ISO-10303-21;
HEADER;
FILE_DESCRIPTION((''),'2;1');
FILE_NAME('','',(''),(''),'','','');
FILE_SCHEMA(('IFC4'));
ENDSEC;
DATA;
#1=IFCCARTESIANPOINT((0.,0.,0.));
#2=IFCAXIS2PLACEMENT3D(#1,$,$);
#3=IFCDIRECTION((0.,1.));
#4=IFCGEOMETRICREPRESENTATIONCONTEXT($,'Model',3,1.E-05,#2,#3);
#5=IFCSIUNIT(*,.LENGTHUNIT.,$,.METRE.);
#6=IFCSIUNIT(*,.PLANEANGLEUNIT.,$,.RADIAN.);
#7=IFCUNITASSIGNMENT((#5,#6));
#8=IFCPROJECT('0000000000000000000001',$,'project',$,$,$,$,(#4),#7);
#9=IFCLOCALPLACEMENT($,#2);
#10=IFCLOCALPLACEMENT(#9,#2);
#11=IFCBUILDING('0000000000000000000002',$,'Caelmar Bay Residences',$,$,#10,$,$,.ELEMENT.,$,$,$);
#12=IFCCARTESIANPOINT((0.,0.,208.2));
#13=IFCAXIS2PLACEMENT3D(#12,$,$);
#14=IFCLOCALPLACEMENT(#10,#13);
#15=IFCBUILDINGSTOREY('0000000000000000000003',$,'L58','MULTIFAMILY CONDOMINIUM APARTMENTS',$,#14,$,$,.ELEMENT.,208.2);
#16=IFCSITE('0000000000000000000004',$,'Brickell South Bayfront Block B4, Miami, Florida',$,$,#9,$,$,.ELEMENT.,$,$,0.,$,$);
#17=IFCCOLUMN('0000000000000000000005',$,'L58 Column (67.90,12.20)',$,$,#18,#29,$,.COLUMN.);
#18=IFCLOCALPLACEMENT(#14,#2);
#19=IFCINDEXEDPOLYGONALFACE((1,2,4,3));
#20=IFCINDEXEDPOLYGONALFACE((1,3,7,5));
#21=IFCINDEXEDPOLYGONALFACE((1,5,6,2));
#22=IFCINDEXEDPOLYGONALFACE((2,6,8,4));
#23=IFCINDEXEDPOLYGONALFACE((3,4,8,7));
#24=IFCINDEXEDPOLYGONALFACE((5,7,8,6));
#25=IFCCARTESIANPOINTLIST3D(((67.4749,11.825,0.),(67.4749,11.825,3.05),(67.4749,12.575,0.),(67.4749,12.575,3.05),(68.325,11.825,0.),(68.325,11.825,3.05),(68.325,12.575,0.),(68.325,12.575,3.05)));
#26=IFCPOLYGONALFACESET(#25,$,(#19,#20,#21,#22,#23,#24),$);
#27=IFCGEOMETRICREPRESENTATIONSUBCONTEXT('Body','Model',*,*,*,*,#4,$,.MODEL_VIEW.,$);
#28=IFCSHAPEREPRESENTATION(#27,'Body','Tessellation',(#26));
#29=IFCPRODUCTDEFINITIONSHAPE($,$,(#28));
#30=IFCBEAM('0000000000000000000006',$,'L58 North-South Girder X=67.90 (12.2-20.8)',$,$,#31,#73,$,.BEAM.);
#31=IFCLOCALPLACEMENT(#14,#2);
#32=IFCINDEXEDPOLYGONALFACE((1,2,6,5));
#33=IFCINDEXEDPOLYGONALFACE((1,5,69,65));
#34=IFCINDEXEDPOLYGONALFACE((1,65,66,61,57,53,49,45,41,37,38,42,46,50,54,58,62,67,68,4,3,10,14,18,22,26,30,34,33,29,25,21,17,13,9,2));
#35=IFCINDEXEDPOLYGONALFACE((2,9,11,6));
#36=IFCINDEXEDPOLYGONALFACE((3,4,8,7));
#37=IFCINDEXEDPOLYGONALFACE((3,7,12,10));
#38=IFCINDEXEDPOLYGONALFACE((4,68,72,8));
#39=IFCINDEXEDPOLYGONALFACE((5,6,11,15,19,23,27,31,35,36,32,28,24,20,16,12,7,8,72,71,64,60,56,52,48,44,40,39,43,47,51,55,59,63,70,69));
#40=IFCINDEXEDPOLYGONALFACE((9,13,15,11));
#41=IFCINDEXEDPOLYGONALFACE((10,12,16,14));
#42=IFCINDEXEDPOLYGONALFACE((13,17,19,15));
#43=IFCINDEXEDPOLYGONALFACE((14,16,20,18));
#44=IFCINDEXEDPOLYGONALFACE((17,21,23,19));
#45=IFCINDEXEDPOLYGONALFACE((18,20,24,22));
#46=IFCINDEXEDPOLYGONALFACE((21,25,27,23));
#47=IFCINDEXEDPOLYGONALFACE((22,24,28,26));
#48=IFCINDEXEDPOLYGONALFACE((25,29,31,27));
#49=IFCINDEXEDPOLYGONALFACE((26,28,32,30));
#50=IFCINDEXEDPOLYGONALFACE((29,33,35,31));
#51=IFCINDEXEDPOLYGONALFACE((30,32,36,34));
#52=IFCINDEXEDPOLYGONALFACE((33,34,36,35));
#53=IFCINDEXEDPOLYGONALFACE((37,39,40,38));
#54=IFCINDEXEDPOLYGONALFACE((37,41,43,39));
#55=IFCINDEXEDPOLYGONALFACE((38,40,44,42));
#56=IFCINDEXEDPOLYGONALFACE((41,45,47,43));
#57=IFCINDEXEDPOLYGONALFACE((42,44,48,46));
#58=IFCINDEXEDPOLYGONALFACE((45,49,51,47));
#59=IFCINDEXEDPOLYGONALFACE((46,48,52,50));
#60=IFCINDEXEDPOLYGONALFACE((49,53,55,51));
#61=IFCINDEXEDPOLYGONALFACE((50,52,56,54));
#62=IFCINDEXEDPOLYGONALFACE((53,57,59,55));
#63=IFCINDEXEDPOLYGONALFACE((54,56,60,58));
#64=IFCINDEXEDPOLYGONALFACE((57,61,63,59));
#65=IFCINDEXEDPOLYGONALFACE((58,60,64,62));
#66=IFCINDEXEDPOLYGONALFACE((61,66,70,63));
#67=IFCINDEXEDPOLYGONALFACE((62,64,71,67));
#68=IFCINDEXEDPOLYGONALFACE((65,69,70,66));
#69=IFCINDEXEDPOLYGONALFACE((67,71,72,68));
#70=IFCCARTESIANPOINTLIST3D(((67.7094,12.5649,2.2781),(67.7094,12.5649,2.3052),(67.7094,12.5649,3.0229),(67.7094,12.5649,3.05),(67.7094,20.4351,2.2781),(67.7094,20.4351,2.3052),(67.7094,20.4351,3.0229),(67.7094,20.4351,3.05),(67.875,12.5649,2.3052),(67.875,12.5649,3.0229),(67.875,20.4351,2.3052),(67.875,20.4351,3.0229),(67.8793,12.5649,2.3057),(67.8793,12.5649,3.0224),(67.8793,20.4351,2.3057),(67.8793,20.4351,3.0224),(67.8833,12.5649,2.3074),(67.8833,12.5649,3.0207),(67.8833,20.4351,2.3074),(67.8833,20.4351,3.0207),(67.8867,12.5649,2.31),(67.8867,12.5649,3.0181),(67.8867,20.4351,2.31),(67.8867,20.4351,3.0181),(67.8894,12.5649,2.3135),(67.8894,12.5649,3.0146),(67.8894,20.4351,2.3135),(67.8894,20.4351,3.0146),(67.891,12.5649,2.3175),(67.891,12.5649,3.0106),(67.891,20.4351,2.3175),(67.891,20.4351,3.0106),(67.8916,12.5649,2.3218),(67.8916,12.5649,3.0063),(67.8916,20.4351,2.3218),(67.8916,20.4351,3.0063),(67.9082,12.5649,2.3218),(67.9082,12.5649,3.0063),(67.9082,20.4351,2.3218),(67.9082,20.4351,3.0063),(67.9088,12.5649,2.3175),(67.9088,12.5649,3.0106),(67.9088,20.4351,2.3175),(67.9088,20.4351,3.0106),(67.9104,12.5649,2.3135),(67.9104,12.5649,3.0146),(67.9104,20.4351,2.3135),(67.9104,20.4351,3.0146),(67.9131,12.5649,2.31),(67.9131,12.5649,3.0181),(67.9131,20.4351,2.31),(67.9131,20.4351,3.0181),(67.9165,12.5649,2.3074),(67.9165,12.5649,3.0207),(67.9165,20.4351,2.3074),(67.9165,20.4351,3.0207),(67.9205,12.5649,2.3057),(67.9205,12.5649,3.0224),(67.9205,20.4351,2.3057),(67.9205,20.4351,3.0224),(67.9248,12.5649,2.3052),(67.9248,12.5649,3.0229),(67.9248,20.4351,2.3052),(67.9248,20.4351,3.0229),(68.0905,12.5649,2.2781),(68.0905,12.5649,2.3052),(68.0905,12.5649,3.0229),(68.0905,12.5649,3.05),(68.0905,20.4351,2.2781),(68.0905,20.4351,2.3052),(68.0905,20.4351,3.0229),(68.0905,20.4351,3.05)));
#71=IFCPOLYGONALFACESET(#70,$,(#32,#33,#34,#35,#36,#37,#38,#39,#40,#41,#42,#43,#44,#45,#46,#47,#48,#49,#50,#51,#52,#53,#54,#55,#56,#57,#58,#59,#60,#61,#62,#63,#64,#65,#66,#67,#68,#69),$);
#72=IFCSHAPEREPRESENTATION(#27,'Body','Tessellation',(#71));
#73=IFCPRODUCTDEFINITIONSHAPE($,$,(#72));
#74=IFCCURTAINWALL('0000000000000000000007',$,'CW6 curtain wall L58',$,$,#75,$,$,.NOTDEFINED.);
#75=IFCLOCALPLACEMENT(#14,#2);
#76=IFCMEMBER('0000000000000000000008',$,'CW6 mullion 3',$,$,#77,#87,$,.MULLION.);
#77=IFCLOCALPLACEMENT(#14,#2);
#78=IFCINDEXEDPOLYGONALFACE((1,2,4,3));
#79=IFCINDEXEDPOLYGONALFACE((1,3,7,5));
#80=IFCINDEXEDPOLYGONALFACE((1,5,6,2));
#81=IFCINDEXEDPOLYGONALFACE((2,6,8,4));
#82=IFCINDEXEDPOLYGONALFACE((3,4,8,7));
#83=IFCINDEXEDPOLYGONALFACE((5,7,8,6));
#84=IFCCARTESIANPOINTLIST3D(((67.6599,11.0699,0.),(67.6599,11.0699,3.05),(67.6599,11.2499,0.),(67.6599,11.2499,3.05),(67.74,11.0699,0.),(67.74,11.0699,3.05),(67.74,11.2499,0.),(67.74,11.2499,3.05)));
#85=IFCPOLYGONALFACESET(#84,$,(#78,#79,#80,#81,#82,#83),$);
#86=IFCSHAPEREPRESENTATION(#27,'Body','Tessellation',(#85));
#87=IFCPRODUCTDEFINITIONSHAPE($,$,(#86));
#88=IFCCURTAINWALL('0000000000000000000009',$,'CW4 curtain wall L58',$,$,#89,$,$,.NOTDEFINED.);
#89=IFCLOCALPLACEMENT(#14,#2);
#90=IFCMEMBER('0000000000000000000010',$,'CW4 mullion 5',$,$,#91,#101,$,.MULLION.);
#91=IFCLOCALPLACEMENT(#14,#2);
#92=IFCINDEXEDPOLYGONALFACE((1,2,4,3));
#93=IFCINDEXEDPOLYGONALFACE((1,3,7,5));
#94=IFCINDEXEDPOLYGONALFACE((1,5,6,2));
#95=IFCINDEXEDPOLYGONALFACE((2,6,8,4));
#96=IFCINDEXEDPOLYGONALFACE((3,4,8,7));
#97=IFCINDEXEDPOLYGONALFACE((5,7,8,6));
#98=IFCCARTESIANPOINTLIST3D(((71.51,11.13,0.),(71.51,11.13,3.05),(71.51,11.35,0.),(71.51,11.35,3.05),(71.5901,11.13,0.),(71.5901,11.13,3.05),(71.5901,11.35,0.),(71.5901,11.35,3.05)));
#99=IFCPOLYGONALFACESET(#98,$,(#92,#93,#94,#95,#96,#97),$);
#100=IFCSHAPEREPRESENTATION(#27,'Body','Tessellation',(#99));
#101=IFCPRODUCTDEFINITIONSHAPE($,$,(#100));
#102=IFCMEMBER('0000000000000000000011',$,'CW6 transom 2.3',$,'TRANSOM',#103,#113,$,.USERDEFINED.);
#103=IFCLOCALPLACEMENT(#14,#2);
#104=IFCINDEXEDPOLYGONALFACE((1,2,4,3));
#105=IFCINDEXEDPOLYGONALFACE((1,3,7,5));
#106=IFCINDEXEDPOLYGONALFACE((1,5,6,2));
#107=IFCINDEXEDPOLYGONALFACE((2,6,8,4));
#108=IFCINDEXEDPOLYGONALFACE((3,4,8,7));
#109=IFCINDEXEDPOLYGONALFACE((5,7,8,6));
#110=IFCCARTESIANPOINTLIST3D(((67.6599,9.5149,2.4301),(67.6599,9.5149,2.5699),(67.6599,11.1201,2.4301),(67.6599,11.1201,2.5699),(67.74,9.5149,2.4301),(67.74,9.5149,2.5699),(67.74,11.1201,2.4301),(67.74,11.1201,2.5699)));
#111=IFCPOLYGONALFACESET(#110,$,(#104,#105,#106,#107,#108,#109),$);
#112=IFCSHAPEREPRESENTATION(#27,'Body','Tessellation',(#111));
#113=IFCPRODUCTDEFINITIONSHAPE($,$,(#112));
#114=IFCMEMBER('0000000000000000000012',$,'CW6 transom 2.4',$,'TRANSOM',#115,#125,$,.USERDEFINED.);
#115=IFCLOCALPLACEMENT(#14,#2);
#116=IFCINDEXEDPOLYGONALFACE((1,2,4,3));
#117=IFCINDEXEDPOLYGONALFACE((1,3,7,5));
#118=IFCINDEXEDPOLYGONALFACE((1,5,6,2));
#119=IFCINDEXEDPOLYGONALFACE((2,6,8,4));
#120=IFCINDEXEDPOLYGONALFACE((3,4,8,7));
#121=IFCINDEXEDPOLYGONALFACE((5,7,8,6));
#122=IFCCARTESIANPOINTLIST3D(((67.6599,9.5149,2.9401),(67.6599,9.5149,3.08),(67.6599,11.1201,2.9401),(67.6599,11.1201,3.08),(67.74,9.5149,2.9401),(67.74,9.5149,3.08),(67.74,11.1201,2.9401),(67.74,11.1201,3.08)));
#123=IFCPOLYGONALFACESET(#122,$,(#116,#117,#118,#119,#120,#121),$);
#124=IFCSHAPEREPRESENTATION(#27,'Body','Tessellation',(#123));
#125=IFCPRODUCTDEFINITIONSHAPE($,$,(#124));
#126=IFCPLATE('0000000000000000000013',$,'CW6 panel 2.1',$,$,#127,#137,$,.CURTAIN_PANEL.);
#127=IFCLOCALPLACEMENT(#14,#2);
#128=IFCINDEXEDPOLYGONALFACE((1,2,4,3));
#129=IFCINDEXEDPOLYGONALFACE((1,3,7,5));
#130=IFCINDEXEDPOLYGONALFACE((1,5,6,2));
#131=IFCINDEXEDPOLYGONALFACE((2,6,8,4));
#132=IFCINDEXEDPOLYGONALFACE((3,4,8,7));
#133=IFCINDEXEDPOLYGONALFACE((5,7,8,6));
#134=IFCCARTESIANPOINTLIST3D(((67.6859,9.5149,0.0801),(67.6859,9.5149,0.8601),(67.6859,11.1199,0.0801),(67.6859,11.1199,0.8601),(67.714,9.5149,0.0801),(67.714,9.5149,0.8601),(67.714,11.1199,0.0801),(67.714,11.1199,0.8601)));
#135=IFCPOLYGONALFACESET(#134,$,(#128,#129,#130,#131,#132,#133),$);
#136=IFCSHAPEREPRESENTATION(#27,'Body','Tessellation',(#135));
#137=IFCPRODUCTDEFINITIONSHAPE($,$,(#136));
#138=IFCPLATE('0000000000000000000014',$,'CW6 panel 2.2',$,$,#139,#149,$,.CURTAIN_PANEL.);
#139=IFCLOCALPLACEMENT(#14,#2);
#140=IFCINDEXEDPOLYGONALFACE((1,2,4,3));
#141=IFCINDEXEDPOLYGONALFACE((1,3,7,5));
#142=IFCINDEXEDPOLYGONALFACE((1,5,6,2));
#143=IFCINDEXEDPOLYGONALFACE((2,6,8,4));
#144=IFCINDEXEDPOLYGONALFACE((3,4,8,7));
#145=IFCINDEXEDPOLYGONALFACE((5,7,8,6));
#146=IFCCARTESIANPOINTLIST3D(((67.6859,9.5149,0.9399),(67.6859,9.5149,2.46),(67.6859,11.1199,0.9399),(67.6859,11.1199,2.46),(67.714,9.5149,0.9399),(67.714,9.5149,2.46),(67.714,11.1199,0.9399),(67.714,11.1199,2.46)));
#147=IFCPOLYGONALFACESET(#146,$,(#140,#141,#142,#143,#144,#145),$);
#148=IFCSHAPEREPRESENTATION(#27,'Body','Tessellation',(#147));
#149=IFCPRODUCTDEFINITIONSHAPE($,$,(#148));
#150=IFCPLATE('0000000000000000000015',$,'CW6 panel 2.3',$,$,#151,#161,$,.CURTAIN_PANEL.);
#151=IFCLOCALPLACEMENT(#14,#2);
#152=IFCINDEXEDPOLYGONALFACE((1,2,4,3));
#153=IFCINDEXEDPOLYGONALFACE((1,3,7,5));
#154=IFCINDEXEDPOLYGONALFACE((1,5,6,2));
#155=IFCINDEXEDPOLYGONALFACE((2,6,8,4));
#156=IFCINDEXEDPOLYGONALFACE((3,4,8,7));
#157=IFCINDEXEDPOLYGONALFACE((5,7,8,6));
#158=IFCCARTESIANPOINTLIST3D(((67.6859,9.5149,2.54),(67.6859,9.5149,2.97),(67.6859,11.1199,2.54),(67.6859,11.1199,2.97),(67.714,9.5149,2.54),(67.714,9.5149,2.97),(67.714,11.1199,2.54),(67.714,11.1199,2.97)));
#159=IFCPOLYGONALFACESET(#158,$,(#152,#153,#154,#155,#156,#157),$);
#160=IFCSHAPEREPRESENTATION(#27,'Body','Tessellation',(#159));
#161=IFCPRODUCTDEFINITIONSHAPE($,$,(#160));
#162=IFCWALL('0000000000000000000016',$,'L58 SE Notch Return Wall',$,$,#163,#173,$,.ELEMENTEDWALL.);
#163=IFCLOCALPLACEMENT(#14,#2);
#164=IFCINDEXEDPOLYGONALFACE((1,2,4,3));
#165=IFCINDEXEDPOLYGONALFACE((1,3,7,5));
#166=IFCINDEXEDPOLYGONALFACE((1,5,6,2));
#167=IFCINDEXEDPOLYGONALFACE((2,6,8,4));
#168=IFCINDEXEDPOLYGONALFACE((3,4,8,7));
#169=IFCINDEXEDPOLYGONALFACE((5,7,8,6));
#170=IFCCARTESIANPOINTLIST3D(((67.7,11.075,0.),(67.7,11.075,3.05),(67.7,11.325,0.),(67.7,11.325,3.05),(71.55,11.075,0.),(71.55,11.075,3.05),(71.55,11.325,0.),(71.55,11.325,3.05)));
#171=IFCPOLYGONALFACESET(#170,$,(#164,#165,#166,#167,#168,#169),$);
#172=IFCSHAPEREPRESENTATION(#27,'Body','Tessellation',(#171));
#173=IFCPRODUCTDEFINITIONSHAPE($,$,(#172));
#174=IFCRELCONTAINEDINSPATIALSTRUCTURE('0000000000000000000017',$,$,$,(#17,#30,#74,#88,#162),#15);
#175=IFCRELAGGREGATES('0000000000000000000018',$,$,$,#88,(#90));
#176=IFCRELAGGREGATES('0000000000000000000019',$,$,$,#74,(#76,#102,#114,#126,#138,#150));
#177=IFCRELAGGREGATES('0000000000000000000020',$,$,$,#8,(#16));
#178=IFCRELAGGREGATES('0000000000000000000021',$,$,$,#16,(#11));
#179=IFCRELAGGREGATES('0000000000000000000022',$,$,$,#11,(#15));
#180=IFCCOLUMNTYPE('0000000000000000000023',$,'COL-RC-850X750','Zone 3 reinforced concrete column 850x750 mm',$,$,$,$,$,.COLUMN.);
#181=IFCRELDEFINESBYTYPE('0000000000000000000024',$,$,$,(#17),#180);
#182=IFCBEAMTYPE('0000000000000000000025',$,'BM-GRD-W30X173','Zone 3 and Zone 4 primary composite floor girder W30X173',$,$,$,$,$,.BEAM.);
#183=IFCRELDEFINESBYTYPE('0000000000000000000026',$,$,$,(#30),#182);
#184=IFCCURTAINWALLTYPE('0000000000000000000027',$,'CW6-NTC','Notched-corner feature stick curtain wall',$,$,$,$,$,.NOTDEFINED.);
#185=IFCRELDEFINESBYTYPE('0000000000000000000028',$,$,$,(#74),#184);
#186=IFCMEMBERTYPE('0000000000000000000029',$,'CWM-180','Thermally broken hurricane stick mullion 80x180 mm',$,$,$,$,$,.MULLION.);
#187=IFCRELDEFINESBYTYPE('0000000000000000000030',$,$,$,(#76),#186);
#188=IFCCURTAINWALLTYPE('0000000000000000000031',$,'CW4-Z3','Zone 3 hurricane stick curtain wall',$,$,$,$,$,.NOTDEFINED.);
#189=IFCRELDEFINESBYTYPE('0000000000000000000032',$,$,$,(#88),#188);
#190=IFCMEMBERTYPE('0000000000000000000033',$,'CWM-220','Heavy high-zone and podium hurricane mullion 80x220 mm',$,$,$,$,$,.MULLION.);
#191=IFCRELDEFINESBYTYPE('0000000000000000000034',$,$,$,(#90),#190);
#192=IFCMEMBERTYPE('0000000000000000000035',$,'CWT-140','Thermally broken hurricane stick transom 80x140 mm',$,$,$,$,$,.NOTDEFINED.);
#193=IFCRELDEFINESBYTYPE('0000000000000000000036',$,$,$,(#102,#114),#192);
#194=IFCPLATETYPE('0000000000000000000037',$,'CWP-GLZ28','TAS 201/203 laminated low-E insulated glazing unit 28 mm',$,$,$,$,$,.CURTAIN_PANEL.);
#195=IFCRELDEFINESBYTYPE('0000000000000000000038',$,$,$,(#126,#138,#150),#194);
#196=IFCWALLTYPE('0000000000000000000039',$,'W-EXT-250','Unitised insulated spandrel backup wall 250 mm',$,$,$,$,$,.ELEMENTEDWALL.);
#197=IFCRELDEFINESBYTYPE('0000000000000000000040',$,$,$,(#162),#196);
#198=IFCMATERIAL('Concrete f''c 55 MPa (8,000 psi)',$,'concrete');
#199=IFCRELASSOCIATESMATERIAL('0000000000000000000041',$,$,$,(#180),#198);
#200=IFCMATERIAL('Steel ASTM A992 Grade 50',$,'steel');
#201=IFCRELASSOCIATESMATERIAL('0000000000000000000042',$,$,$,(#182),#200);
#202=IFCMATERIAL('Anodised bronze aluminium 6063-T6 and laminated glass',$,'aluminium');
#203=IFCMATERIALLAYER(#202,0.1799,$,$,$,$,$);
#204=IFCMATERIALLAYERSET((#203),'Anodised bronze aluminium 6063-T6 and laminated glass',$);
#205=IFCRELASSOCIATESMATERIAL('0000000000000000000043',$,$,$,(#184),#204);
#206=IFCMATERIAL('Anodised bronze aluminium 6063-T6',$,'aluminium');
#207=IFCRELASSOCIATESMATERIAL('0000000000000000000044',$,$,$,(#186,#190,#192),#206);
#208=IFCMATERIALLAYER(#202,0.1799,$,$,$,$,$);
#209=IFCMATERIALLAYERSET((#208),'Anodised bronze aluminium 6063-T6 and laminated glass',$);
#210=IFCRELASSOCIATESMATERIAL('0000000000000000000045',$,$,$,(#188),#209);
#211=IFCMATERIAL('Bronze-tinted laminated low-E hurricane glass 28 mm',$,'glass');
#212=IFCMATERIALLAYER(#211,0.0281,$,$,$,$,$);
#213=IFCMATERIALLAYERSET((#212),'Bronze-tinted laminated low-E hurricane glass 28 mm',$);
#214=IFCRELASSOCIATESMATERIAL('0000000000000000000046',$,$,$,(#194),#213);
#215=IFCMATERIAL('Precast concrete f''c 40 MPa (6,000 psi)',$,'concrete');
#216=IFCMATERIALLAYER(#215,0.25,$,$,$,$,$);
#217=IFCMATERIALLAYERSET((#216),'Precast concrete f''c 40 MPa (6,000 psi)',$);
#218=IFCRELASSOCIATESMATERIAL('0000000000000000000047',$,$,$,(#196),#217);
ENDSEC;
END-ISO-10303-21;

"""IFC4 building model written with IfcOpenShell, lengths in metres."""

from ifc_helpers import new_model, si_unit, direction, frame, frame_2d, origin, origin_2d, place, context, subcontext, project, spatial, rectangle, i_section, extrude, material, layer, layer_set, material_profile, profile_set, type_object, element, aggregate, save


model = new_model("IFC4")

# Units and contexts
model_context = context("Model", 3, precision=1e-05, world=origin(), true_north=direction((0.0, 1.0)))
body_context = subcontext(model_context, "Body", "Model", "MODEL_VIEW")
ifc_project = project(units=[si_unit("LENGTHUNIT", "METRE"), si_unit("PLANEANGLEUNIT", "RADIAN")], contexts=[model_context])

# Site, building, storey
site_placement = place(None, origin())
site = spatial("IfcSite", under=ifc_project, at=site_placement, Name="Brickell South Bayfront Block B4, Miami, Florida", CompositionType="ELEMENT", RefElevation=0.0)
building_placement = place(site_placement, origin())
building = spatial("IfcBuilding", under=site, at=building_placement, Name="Caelmar Bay Residences", CompositionType="ELEMENT")
storey_placement = place(building_placement, frame((0.0, 0.0, 208.2)))
storey = spatial("IfcBuildingStorey", under=building, at=storey_placement, Name="L58", Description="MULTIFAMILY CONDOMINIUM APARTMENTS", CompositionType="ELEMENT", Elevation=208.2)

# Column
ifc_material_1 = material(Name="Concrete f'c 55 MPa (8,000 psi)", Category="concrete")
ifc_material_profile_1 = material_profile(ifc_material_1, rectangle(XDim=0.8501, YDim=0.75, at=origin_2d()), Name="RC-COL-850X750")
ifc_profile_set_1 = profile_set([ifc_material_profile_1], Name="Concrete f'c 55 MPa (8,000 psi)")
column_type = type_object("IfcColumnType", Name="COL-RC-850X750", Description="Zone 3 reinforced concrete column 850x750 mm", PredefinedType="COLUMN", material=ifc_profile_set_1)
column_placement = place(storey_placement, frame((67.8999, 12.2, 0.0), z_axis=(0.0, 0.0, 1.0), x_axis=(1.0, 0.0, 0.0)))
element("IfcColumn", 1, at=column_placement, inside=storey, type_object=column_type, Name="L58 Column (67.90,12.20)", PredefinedType="COLUMN", context=body_context, shape_type="SweptSolid", body=[
    extrude(rectangle(XDim=0.8501, YDim=0.75, at=origin_2d()), origin(), (0.0, 0.0, 1.0), 3.05),
])

# Beam
ifc_material_2 = material(Name="Steel ASTM A992 Grade 50", Category="steel")
ifc_material_profile_2 = material_profile(ifc_material_2, i_section(OverallWidth=0.3811, OverallDepth=0.772, WebThickness=0.0166, FlangeThickness=0.0271, FilletRadius=0.0166, at=origin_2d()), Name="W30X173")
ifc_profile_set_2 = profile_set([ifc_material_profile_2], Name="Steel ASTM A992 Grade 50")
beam_type = type_object("IfcBeamType", Name="BM-GRD-W30X173", Description="Zone 3 and Zone 4 primary composite floor girder W30X173", PredefinedType="BEAM", material=ifc_profile_set_2)
beam_placement = place(storey_placement, frame((67.8999, 12.5649, 2.6641), z_axis=(0.0, 1.0, 0.0), x_axis=(-1.0, 0.0, 0.0)))
element("IfcBeam", 2, at=beam_placement, inside=storey, type_object=beam_type, Name="L58 North-South Girder X=67.90 (12.2-20.8)", PredefinedType="BEAM", context=body_context, shape_type="SweptSolid", body=[
    extrude(i_section(OverallWidth=0.3811, OverallDepth=0.772, WebThickness=0.0166, FlangeThickness=0.0271, FilletRadius=0.0166, at=origin_2d()), origin(), (0.0, 0.0, 1.0), 7.8701),
])

# Curtain walls, members
ifc_material_3 = material(Name="Anodised bronze aluminium 6063-T6 and laminated glass", Category="aluminium")
ifc_layer_1 = layer(ifc_material_3, 0.1799)
ifc_layer_set_1 = layer_set([ifc_layer_1], Name="Anodised bronze aluminium 6063-T6 and laminated glass")
curtain_wall_type_1 = type_object("IfcCurtainWallType", Name="CW6-NTC", Description="Notched-corner feature stick curtain wall", PredefinedType="NOTDEFINED", material=ifc_layer_set_1)
curtain_wall_1_placement = place(storey_placement, origin())
curtain_wall_1 = element("IfcCurtainWall", 3, at=curtain_wall_1_placement, inside=storey, type_object=curtain_wall_type_1, Name="CW6 curtain wall L58", PredefinedType="NOTDEFINED")
ifc_material_4 = material(Name="Anodised bronze aluminium 6063-T6", Category="aluminium")
ifc_material_profile_3 = material_profile(ifc_material_4, rectangle(XDim=0.0801, YDim=0.1799, at=origin_2d()), Name="CWM-80X180")
ifc_profile_set_3 = profile_set([ifc_material_profile_3], Name="Anodised bronze aluminium 6063-T6")
member_type_1 = type_object("IfcMemberType", Name="CWM-180", Description="Thermally broken hurricane stick mullion 80x180 mm", PredefinedType="MULLION", material=ifc_profile_set_3)
member_1_placement = place(storey_placement, frame((67.7, 11.1599, 0.0), z_axis=(0.0, 0.0, 1.0), x_axis=(-1.0, 0.0, 0.0)))
member_1 = element("IfcMember", 4, at=member_1_placement, type_object=member_type_1, Name="CW6 mullion 3", PredefinedType="MULLION", context=body_context, shape_type="SweptSolid", body=[
    extrude(rectangle(XDim=0.0801, YDim=0.1799, at=origin_2d()), origin(), (0.0, 0.0, 1.0), 3.05),
])
ifc_layer_2 = layer(ifc_material_3, 0.1799)
ifc_layer_set_2 = layer_set([ifc_layer_2], Name="Anodised bronze aluminium 6063-T6 and laminated glass")
curtain_wall_type_2 = type_object("IfcCurtainWallType", Name="CW4-Z3", Description="Zone 3 hurricane stick curtain wall", PredefinedType="NOTDEFINED", material=ifc_layer_set_2)
curtain_wall_2_placement = place(storey_placement, origin())
curtain_wall_2 = element("IfcCurtainWall", 5, at=curtain_wall_2_placement, inside=storey, type_object=curtain_wall_type_2, Name="CW4 curtain wall L58", PredefinedType="NOTDEFINED")
ifc_material_profile_4 = material_profile(ifc_material_4, rectangle(XDim=0.0801, YDim=0.22, at=origin_2d()), Name="CWM-80X220")
ifc_profile_set_4 = profile_set([ifc_material_profile_4], Name="Anodised bronze aluminium 6063-T6")
member_type_2 = type_object("IfcMemberType", Name="CWM-220", Description="Heavy high-zone and podium hurricane mullion 80x220 mm", PredefinedType="MULLION", material=ifc_profile_set_4)
member_2_placement = place(storey_placement, frame((71.55, 11.24, 0.0), z_axis=(0.0, 0.0, 1.0), x_axis=(1.0, 0.0, 0.0)))
member_2 = element("IfcMember", 6, at=member_2_placement, type_object=member_type_2, Name="CW4 mullion 5", PredefinedType="MULLION", context=body_context, shape_type="SweptSolid", body=[
    extrude(rectangle(XDim=0.0801, YDim=0.22, at=origin_2d()), origin(), (0.0, 0.0, 1.0), 3.05),
])
aggregate(curtain_wall_2, [member_2])

# Members
ifc_material_profile_5 = material_profile(ifc_material_4, rectangle(XDim=0.0801, YDim=0.1399, at=origin_2d()), Name="CWT-80X140")
ifc_profile_set_5 = profile_set([ifc_material_profile_5], Name="Anodised bronze aluminium 6063-T6")
member_type_3 = type_object("IfcMemberType", Name="CWT-140", Description="Thermally broken hurricane stick transom 80x140 mm", PredefinedType="NOTDEFINED", material=ifc_profile_set_5)
member_3_placement = place(storey_placement, frame((67.7, 9.5149, 2.5), z_axis=(0.0, 1.0, 0.0), x_axis=(-1.0, 0.0, 0.0)))
member_3 = element("IfcMember", 7, at=member_3_placement, type_object=member_type_3, Name="CW6 transom 2.3", ObjectType="TRANSOM", PredefinedType="USERDEFINED", context=body_context, shape_type="SweptSolid", body=[
    extrude(rectangle(XDim=0.0801, YDim=0.1399, at=origin_2d()), origin(), (0.0, 0.0, 1.0), 1.6052),
])
member_4_placement = place(storey_placement, frame((67.7, 9.5149, 3.01), z_axis=(0.0, 1.0, 0.0), x_axis=(-1.0, 0.0, 0.0)))
member_4 = element("IfcMember", 8, at=member_4_placement, type_object=member_type_3, Name="CW6 transom 2.4", ObjectType="TRANSOM", PredefinedType="USERDEFINED", context=body_context, shape_type="SweptSolid", body=[
    extrude(rectangle(XDim=0.0801, YDim=0.1399, at=origin_2d()), origin(), (0.0, 0.0, 1.0), 1.6052),
])

# Plates
ifc_material_5 = material(Name="Bronze-tinted laminated low-E hurricane glass 28 mm", Category="glass")
ifc_layer_3 = layer(ifc_material_5, 0.0281)
ifc_layer_set_3 = layer_set([ifc_layer_3], Name="Bronze-tinted laminated low-E hurricane glass 28 mm")
plate_type = type_object("IfcPlateType", Name="CWP-GLZ28", Description="TAS 201/203 laminated low-E insulated glazing unit 28 mm", PredefinedType="CURTAIN_PANEL", material=ifc_layer_set_3)
plate_1_placement = place(storey_placement, frame((67.7, 10.3174, 0.0801), z_axis=(0.0, 0.0, 1.0), x_axis=(0.0, 1.0, 0.0)))
plate_1 = element("IfcPlate", 9, at=plate_1_placement, type_object=plate_type, Name="CW6 panel 2.1", PredefinedType="CURTAIN_PANEL", context=body_context, shape_type="SweptSolid", body=[
    extrude(rectangle(XDim=1.605, YDim=0.0281, at=origin_2d()), origin(), (0.0, 0.0, 1.0), 0.78),
])
plate_2_placement = place(storey_placement, frame((67.7, 10.3174, 0.9399), z_axis=(0.0, 0.0, 1.0), x_axis=(0.0, 1.0, 0.0)))
plate_2 = element("IfcPlate", 10, at=plate_2_placement, type_object=plate_type, Name="CW6 panel 2.2", PredefinedType="CURTAIN_PANEL", context=body_context, shape_type="SweptSolid", body=[
    extrude(rectangle(XDim=1.605, YDim=0.0281, at=origin_2d()), origin(), (0.0, 0.0, 1.0), 1.52),
])
plate_3_placement = place(storey_placement, frame((67.7, 10.3174, 2.54), z_axis=(0.0, 0.0, 1.0), x_axis=(0.0, 1.0, 0.0)))
plate_3 = element("IfcPlate", 11, at=plate_3_placement, type_object=plate_type, Name="CW6 panel 2.3", PredefinedType="CURTAIN_PANEL", context=body_context, shape_type="SweptSolid", body=[
    extrude(rectangle(XDim=1.605, YDim=0.0281, at=origin_2d()), origin(), (0.0, 0.0, 1.0), 0.4299),
])
aggregate(curtain_wall_1, [member_1, member_3, member_4, plate_1, plate_2, plate_3])

# Wall
ifc_material_6 = material(Name="Precast concrete f'c 40 MPa (6,000 psi)", Category="concrete")
ifc_layer_4 = layer(ifc_material_6, 0.25)
ifc_layer_set_4 = layer_set([ifc_layer_4], Name="Precast concrete f'c 40 MPa (6,000 psi)")
wall_type_1 = type_object("IfcWallType", Name="W-EXT-250", Description="Unitised insulated spandrel backup wall 250 mm", PredefinedType="ELEMENTEDWALL", material=ifc_layer_set_4)
wall_1_placement = place(storey_placement, frame((67.7, 11.2, 0.0), z_axis=(0.0, 0.0, 1.0), x_axis=(1.0, 0.0, 0.0)))
element("IfcWall", 12, at=wall_1_placement, inside=storey, type_object=wall_type_1, Name="L58 SE Notch Return Wall", PredefinedType="ELEMENTEDWALL", context=body_context, shape_type="SweptSolid", body=[
    extrude(rectangle(XDim=3.8501, YDim=0.25, at=frame_2d((1.925, 0.0))), origin(), (0.0, 0.0, 1.0), 3.05),
])

save(model, "model.ifc")
